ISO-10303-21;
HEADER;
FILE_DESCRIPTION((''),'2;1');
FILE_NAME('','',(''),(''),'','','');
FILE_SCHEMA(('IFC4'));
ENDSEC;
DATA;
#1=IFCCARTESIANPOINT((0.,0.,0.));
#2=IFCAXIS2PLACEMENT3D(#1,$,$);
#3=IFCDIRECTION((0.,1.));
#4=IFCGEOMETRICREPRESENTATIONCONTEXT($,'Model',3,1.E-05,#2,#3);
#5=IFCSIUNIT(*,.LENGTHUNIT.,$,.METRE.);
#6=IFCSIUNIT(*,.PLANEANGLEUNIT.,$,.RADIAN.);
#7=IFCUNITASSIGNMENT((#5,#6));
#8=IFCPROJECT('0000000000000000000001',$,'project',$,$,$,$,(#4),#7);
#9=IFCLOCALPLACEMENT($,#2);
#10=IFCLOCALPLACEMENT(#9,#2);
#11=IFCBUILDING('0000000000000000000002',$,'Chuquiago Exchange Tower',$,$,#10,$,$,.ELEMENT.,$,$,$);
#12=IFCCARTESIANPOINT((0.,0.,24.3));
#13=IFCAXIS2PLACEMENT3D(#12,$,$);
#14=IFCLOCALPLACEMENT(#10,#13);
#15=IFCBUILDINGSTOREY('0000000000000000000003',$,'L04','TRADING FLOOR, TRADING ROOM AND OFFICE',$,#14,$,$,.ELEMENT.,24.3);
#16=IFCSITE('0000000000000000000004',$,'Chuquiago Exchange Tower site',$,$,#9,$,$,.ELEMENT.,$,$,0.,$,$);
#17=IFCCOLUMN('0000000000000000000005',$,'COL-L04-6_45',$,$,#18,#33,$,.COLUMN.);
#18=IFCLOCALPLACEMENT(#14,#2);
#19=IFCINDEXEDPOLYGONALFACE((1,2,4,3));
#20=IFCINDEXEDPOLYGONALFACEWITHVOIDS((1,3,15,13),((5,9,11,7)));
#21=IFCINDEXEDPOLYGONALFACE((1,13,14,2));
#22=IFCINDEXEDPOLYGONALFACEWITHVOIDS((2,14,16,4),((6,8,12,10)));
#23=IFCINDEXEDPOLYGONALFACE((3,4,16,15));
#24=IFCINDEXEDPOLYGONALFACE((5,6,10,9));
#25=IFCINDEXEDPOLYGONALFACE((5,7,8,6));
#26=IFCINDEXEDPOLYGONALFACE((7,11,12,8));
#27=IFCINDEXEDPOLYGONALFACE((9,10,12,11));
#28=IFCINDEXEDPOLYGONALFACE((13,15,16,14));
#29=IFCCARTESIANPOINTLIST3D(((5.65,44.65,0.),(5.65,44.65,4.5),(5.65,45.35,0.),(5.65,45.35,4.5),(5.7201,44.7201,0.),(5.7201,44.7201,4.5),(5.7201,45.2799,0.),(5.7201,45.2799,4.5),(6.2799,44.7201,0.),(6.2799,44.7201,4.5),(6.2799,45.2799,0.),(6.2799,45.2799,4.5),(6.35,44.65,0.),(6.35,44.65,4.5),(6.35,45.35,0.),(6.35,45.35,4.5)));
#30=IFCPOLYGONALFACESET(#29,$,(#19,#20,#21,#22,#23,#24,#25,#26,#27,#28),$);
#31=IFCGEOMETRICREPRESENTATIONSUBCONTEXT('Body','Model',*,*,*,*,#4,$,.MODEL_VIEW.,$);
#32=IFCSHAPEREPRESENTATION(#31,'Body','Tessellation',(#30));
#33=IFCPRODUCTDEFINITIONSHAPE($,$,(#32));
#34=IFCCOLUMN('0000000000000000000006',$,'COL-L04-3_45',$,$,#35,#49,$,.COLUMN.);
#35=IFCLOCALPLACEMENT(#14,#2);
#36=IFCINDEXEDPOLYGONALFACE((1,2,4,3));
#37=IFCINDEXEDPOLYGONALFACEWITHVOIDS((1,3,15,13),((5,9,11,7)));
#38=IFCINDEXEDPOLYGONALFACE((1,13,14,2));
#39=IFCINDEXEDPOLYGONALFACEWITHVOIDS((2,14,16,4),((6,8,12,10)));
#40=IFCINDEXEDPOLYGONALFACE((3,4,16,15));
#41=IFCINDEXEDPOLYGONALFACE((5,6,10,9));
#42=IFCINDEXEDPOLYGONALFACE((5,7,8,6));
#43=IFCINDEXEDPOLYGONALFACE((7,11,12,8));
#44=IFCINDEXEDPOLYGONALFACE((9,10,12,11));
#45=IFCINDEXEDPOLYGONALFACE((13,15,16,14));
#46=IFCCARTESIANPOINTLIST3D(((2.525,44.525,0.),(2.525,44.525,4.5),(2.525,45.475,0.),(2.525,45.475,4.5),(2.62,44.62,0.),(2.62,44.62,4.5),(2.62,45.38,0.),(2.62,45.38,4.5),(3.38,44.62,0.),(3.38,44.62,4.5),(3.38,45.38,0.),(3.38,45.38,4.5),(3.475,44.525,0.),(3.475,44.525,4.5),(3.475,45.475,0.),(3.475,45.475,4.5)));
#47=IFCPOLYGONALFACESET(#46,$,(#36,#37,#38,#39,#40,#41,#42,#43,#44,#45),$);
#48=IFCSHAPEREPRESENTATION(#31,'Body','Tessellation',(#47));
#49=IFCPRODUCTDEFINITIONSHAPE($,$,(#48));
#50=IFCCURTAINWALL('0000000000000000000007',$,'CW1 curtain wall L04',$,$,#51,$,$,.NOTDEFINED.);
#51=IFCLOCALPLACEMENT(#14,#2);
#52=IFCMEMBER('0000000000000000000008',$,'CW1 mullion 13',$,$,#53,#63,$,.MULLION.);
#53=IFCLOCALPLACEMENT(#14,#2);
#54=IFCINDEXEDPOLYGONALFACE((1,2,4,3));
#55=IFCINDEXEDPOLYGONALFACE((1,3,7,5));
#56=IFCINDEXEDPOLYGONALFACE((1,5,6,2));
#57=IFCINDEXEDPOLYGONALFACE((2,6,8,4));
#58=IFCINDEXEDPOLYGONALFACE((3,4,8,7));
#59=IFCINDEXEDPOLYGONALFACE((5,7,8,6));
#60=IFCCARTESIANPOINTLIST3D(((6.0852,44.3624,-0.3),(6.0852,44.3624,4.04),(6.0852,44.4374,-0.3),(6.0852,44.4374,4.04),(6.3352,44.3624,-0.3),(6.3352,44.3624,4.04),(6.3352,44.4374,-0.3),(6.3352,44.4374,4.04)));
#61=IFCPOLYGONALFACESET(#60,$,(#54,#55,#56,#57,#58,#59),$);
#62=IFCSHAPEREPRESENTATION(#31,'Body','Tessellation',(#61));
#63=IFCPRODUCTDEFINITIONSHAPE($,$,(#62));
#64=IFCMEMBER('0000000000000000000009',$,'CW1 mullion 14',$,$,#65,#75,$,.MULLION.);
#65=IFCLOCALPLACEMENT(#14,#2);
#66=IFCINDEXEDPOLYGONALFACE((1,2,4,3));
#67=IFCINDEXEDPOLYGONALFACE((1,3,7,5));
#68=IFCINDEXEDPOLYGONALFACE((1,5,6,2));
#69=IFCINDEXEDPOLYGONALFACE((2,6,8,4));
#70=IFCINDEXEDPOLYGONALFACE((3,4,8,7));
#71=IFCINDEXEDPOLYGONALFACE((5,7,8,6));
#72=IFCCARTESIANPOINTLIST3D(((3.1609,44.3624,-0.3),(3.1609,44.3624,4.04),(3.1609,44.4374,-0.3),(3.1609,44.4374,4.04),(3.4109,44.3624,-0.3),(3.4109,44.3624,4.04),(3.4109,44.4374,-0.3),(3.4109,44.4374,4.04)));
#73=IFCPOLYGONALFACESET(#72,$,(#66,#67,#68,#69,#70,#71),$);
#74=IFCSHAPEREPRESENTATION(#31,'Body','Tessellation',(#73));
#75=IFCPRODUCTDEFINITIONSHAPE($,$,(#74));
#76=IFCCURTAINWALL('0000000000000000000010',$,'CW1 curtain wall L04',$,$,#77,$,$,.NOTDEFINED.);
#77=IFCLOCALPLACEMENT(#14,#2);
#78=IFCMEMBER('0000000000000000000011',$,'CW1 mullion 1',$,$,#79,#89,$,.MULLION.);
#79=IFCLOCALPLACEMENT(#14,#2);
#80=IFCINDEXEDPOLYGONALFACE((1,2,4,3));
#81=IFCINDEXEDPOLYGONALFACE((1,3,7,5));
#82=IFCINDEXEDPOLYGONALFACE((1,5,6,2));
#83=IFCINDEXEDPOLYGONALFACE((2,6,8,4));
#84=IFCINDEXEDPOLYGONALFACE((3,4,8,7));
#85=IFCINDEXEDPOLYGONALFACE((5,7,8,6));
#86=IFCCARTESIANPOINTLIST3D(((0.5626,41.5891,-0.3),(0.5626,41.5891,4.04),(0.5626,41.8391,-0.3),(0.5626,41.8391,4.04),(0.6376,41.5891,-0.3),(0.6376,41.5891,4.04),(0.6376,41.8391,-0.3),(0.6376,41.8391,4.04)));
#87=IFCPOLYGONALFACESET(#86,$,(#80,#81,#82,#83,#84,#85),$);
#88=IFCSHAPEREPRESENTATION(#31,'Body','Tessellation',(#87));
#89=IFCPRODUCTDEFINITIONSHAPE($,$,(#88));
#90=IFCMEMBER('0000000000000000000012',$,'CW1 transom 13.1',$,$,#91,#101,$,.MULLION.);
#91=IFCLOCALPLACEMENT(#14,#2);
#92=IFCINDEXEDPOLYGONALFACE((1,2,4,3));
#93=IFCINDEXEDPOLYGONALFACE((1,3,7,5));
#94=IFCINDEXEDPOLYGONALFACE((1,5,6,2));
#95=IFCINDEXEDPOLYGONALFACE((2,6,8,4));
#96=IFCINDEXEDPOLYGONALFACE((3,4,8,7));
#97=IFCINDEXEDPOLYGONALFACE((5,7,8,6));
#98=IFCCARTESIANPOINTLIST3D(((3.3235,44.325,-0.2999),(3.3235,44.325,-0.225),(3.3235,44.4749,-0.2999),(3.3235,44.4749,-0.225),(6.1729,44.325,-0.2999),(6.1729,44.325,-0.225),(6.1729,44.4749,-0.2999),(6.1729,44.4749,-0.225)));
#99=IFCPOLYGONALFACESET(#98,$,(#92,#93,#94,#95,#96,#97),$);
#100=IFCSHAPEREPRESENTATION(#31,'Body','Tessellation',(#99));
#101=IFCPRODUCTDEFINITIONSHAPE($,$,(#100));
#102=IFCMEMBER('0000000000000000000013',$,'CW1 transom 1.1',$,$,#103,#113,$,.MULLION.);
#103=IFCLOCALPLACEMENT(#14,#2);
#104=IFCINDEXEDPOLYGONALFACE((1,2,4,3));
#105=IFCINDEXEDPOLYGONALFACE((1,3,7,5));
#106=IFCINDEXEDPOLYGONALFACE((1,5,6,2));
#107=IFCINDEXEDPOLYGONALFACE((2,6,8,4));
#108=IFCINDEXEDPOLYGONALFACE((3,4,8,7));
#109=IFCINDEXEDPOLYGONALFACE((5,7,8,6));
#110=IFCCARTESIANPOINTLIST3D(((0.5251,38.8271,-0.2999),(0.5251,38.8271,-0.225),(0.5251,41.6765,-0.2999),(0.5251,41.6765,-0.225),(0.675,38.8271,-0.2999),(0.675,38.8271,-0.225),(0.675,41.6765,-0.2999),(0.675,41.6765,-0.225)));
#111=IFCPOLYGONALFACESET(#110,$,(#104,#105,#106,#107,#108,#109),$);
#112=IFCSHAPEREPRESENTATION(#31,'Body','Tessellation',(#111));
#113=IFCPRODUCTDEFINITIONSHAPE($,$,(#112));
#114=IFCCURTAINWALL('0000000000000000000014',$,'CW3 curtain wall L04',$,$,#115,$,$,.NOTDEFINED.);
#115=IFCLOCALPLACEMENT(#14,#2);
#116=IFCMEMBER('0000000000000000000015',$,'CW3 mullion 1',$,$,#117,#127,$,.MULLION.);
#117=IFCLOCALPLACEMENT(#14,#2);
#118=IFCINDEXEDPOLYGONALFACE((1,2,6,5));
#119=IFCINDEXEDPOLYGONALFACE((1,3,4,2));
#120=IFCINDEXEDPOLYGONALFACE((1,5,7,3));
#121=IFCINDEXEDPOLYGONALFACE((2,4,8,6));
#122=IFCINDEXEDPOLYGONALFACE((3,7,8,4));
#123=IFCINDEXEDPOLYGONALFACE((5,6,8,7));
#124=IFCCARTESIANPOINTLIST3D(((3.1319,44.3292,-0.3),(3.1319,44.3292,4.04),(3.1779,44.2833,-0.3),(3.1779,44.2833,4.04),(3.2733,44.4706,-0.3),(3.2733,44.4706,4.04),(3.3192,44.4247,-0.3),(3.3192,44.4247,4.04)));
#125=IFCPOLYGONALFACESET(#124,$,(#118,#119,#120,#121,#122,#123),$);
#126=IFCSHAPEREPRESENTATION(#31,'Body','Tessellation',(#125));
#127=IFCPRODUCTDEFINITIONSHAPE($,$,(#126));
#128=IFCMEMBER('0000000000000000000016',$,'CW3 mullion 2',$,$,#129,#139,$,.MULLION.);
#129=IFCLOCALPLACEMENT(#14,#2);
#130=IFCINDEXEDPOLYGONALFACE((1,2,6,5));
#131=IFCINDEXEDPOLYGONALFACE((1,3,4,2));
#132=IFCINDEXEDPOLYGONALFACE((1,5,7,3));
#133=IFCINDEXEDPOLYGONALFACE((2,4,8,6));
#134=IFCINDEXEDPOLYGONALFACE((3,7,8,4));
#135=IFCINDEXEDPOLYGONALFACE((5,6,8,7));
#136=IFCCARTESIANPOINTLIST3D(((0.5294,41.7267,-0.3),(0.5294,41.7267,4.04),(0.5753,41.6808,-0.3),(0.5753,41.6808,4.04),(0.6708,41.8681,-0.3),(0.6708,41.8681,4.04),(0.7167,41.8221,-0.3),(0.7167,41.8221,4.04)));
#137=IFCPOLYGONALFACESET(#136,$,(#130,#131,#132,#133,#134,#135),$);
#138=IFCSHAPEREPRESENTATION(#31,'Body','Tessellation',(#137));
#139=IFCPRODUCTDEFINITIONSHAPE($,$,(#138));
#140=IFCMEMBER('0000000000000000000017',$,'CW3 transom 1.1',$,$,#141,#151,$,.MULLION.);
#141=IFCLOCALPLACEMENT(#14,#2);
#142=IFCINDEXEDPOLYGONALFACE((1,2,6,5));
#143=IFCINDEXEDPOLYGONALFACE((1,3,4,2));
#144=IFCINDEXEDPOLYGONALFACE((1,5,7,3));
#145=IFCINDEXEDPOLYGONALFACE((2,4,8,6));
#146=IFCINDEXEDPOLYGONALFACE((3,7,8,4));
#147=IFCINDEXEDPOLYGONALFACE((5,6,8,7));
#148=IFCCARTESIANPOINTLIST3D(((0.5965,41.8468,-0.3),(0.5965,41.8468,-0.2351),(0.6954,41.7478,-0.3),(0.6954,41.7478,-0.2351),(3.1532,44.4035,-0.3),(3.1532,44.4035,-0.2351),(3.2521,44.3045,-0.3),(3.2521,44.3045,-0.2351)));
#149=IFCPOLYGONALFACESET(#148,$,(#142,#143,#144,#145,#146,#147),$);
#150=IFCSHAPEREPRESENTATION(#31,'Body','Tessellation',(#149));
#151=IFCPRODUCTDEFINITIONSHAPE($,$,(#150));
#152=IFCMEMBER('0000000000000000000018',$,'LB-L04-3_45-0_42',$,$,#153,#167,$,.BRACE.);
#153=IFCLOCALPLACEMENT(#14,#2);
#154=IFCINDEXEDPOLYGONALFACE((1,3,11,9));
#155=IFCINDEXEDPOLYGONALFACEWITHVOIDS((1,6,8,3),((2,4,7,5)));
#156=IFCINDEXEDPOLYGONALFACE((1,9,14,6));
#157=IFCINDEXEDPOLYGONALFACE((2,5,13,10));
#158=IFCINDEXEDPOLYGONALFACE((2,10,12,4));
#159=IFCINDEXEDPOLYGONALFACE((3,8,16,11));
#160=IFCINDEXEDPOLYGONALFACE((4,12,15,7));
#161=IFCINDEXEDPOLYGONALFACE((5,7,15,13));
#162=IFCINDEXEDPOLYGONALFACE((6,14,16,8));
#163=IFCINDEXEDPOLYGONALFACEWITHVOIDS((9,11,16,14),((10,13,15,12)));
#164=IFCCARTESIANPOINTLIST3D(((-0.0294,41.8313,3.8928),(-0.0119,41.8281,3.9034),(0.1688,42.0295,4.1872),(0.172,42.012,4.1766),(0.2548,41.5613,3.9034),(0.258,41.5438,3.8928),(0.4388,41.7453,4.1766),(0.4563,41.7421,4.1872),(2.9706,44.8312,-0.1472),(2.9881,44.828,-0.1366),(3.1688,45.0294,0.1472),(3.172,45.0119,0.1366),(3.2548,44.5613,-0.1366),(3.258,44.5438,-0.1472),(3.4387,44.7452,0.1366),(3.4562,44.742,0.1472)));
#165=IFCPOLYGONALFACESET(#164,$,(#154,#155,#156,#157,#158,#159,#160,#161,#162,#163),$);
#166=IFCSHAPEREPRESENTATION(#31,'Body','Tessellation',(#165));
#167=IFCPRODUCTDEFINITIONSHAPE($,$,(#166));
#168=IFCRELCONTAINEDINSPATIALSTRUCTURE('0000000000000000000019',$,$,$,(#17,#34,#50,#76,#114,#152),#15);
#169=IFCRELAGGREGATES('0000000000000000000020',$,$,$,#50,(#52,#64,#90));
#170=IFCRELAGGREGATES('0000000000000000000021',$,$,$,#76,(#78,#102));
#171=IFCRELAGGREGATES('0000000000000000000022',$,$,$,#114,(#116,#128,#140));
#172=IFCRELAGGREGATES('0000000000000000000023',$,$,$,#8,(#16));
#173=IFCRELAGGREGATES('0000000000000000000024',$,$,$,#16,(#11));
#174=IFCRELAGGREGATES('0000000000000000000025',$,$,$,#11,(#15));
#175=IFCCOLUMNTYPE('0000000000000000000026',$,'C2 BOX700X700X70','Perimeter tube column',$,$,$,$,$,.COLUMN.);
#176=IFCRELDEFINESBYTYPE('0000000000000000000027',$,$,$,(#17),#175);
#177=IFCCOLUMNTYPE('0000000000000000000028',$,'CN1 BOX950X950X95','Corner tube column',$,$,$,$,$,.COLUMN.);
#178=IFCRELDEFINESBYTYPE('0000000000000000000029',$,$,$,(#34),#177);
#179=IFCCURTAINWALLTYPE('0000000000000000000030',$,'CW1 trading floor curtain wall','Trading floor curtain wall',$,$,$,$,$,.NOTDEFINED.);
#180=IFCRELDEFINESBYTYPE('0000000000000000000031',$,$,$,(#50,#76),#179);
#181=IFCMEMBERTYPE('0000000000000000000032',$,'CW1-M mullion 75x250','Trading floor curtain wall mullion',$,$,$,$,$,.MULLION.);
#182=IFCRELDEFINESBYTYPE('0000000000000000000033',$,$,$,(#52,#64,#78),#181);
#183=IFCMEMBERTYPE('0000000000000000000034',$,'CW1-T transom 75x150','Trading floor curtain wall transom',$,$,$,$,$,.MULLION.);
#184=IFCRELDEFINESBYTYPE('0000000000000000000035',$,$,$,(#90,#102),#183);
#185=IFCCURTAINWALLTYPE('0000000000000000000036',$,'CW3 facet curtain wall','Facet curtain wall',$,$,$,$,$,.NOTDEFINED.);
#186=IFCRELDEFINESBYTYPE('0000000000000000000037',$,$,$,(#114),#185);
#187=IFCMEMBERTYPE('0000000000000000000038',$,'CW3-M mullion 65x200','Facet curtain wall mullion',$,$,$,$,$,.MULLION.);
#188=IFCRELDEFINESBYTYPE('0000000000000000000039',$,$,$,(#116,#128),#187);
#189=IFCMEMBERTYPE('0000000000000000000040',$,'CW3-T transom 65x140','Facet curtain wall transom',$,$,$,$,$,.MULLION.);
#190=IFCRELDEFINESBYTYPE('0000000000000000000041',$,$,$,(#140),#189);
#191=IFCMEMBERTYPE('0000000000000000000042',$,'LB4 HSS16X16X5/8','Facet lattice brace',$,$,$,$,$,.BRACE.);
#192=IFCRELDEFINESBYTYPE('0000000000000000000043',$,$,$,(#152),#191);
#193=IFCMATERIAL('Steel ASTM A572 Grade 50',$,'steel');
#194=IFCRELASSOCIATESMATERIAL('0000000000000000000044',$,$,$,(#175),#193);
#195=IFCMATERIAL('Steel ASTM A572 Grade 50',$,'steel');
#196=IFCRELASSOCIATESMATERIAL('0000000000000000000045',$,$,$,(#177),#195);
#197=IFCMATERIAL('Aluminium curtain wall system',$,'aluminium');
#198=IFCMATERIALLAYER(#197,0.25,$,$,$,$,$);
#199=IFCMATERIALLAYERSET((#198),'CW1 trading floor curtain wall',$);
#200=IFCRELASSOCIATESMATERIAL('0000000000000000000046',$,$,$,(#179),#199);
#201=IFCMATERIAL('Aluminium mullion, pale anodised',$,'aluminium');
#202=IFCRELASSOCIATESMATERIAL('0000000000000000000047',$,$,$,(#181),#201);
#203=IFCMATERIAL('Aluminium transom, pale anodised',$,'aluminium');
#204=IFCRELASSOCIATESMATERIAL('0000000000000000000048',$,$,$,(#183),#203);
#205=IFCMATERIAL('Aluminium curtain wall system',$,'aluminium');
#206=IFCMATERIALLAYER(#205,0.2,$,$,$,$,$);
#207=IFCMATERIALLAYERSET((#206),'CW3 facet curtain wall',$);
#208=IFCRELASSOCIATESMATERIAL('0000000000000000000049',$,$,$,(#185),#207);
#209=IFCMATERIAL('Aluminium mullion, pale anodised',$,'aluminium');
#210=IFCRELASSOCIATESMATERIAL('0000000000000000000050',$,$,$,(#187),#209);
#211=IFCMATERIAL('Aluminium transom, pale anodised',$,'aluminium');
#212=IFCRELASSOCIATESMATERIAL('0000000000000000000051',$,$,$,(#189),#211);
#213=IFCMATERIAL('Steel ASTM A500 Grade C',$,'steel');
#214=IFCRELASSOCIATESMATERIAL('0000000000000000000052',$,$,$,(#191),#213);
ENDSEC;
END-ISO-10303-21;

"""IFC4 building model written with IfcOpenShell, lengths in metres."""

from ifc_helpers import new_model, si_unit, direction, frame, origin, origin_2d, place, context, subcontext, project, spatial, rectangle, hollow_rectangle, extrude, material, layer, layer_set, material_profile, profile_set, type_object, element, aggregate, save


model = new_model("IFC4")

# Units and contexts
model_context = context("Model", 3, precision=1e-05, world=origin(), true_north=direction((0.0, 1.0)))
body_context = subcontext(model_context, "Body", "Model", "MODEL_VIEW")
ifc_project = project(units=[si_unit("LENGTHUNIT", "METRE"), si_unit("PLANEANGLEUNIT", "RADIAN")], contexts=[model_context])

# Site, building, storey
site_placement = place(None, origin())
site = spatial("IfcSite", under=ifc_project, at=site_placement, Name="Chuquiago Exchange Tower site", CompositionType="ELEMENT", RefElevation=0.0)
building_placement = place(site_placement, origin())
building = spatial("IfcBuilding", under=site, at=building_placement, Name="Chuquiago Exchange Tower", CompositionType="ELEMENT")
storey_placement = place(building_placement, frame((0.0, 0.0, 24.3)))
storey = spatial("IfcBuildingStorey", under=building, at=storey_placement, Name="L04", Description="TRADING FLOOR, TRADING ROOM AND OFFICE", CompositionType="ELEMENT", Elevation=24.3)

# Columns
ifc_material_1 = material(Name="Steel ASTM A572 Grade 50", Category="steel")
ifc_material_profile_1 = material_profile(ifc_material_1, hollow_rectangle(XDim=0.7, YDim=0.7, WallThickness=0.0701, at=origin_2d()), Name="BOX700X700X70")
ifc_profile_set_1 = profile_set([ifc_material_profile_1], Name="Steel ASTM A572 Grade 50")
column_type_1 = type_object("IfcColumnType", Name="C2 BOX700X700X70", Description="Perimeter tube column", PredefinedType="COLUMN", material=ifc_profile_set_1)
column_1_placement = place(storey_placement, frame((6.0, 45.0, 0.0), z_axis=(0.0, 0.0, 1.0), x_axis=(0.0, 1.0, 0.0)))
element("IfcColumn", 1, at=column_1_placement, inside=storey, type_object=column_type_1, Name="COL-L04-6_45", PredefinedType="COLUMN", context=body_context, shape_type="SweptSolid", body=[
    extrude(hollow_rectangle(XDim=0.7, YDim=0.7, WallThickness=0.0701, at=origin_2d()), origin(), (0.0, 0.0, 1.0), 4.5),
])
ifc_material_2 = material(Name="Steel ASTM A572 Grade 50", Category="steel")
ifc_material_profile_2 = material_profile(ifc_material_2, hollow_rectangle(XDim=0.95, YDim=0.95, WallThickness=0.095, at=origin_2d()), Name="BOX950X950X95")
ifc_profile_set_2 = profile_set([ifc_material_profile_2], Name="Steel ASTM A572 Grade 50")
column_type_2 = type_object("IfcColumnType", Name="CN1 BOX950X950X95", Description="Corner tube column", PredefinedType="COLUMN", material=ifc_profile_set_2)
column_2_placement = place(storey_placement, frame((3.0, 45.0, 0.0), z_axis=(0.0, 0.0, 1.0), x_axis=(0.0, 1.0, 0.0)))
element("IfcColumn", 2, at=column_2_placement, inside=storey, type_object=column_type_2, Name="COL-L04-3_45", PredefinedType="COLUMN", context=body_context, shape_type="SweptSolid", body=[
    extrude(hollow_rectangle(XDim=0.95, YDim=0.95, WallThickness=0.095, at=origin_2d()), origin(), (0.0, 0.0, 1.0), 4.5),
])

# Curtain wall, members
ifc_material_3 = material(Name="Aluminium curtain wall system", Category="aluminium")
ifc_layer_1 = layer(ifc_material_3, 0.25)
ifc_layer_set_1 = layer_set([ifc_layer_1], Name="CW1 trading floor curtain wall")
curtain_wall_type_1 = type_object("IfcCurtainWallType", Name="CW1 trading floor curtain wall", Description="Trading floor curtain wall", PredefinedType="NOTDEFINED", material=ifc_layer_set_1)
curtain_wall_1_placement = place(storey_placement, origin())
curtain_wall_1 = element("IfcCurtainWall", 3, at=curtain_wall_1_placement, inside=storey, type_object=curtain_wall_type_1, Name="CW1 curtain wall L04", PredefinedType="NOTDEFINED")
ifc_material_4 = material(Name="Aluminium mullion, pale anodised", Category="aluminium")
ifc_material_profile_3 = material_profile(ifc_material_4, rectangle(XDim=0.075, YDim=0.25, at=origin_2d()), Name="AL 75x250")
ifc_profile_set_3 = profile_set([ifc_material_profile_3], Name="Aluminium mullion, pale anodised")
member_type_1 = type_object("IfcMemberType", Name="CW1-M mullion 75x250", Description="Trading floor curtain wall mullion", PredefinedType="MULLION", material=ifc_profile_set_3)
member_1_placement = place(storey_placement, frame((6.2102, 44.3999, -0.3), z_axis=(0.0, 0.0, 1.0), x_axis=(0.0, -1.0, 0.0)))
member_1 = element("IfcMember", 4, at=member_1_placement, type_object=member_type_1, Name="CW1 mullion 13", PredefinedType="MULLION", context=body_context, shape_type="SweptSolid", body=[
    extrude(rectangle(XDim=0.075, YDim=0.25, at=origin_2d()), origin(), (0.0, 0.0, 1.0), 4.3401),
])
member_2_placement = place(storey_placement, frame((3.2859, 44.3999, -0.3), z_axis=(0.0, 0.0, 1.0), x_axis=(0.0, -1.0, 0.0)))
member_2 = element("IfcMember", 5, at=member_2_placement, type_object=member_type_1, Name="CW1 mullion 14", PredefinedType="MULLION", context=body_context, shape_type="SweptSolid", body=[
    extrude(rectangle(XDim=0.075, YDim=0.25, at=origin_2d()), origin(), (0.0, 0.0, 1.0), 4.3401),
])

# Curtain wall, member
curtain_wall_2_placement = place(storey_placement, origin())
curtain_wall_2 = element("IfcCurtainWall", 6, at=curtain_wall_2_placement, inside=storey, type_object=curtain_wall_type_1, Name="CW1 curtain wall L04", PredefinedType="NOTDEFINED")
member_3_placement = place(storey_placement, frame((0.6001, 41.7141, -0.3), z_axis=(0.0, 0.0, 1.0), x_axis=(1.0, 0.0, 0.0)))
member_3 = element("IfcMember", 7, at=member_3_placement, type_object=member_type_1, Name="CW1 mullion 1", PredefinedType="MULLION", context=body_context, shape_type="SweptSolid", body=[
    extrude(rectangle(XDim=0.075, YDim=0.25, at=origin_2d()), origin(), (0.0, 0.0, 1.0), 4.3401),
])

# Members
ifc_material_5 = material(Name="Aluminium transom, pale anodised", Category="aluminium")
ifc_material_profile_4 = material_profile(ifc_material_5, rectangle(XDim=0.1499, YDim=0.075, at=origin_2d()), Name="AL 150x75")
ifc_profile_set_4 = profile_set([ifc_material_profile_4], Name="Aluminium transom, pale anodised")
member_type_2 = type_object("IfcMemberType", Name="CW1-T transom 75x150", Description="Trading floor curtain wall transom", PredefinedType="MULLION", material=ifc_profile_set_4)
member_4_placement = place(storey_placement, frame((6.1729, 44.3999, -0.2625), z_axis=(-1.0, 0.0, 0.0), x_axis=(0.0, -1.0, 0.0)))
member_4 = element("IfcMember", 8, at=member_4_placement, type_object=member_type_2, Name="CW1 transom 13.1", PredefinedType="MULLION", context=body_context, shape_type="SweptSolid", body=[
    extrude(rectangle(XDim=0.1499, YDim=0.075, at=origin_2d()), origin(), (0.0, 0.0, 1.0), 2.8494),
])
member_5_placement = place(storey_placement, frame((0.6001, 41.6765, -0.2625), z_axis=(0.0, -1.0, 0.0), x_axis=(1.0, 0.0, 0.0)))
member_5 = element("IfcMember", 9, at=member_5_placement, type_object=member_type_2, Name="CW1 transom 1.1", PredefinedType="MULLION", context=body_context, shape_type="SweptSolid", body=[
    extrude(rectangle(XDim=0.1499, YDim=0.075, at=origin_2d()), origin(), (0.0, 0.0, 1.0), 2.8494),
])

# Curtain wall, members
ifc_material_6 = material(Name="Aluminium curtain wall system", Category="aluminium")
ifc_layer_2 = layer(ifc_material_6, 0.2)
ifc_layer_set_2 = layer_set([ifc_layer_2], Name="CW3 facet curtain wall")
curtain_wall_type_2 = type_object("IfcCurtainWallType", Name="CW3 facet curtain wall", Description="Facet curtain wall", PredefinedType="NOTDEFINED", material=ifc_layer_set_2)
curtain_wall_3_placement = place(storey_placement, origin())
curtain_wall_3 = element("IfcCurtainWall", 10, at=curtain_wall_3_placement, inside=storey, type_object=curtain_wall_type_2, Name="CW3 curtain wall L04", PredefinedType="NOTDEFINED")
ifc_material_7 = material(Name="Aluminium mullion, pale anodised", Category="aluminium")
ifc_material_profile_5 = material_profile(ifc_material_7, rectangle(XDim=0.0649, YDim=0.2, at=origin_2d()), Name="AL 65x200")
ifc_profile_set_5 = profile_set([ifc_material_profile_5], Name="Aluminium mullion, pale anodised")
member_type_3 = type_object("IfcMemberType", Name="CW3-M mullion 65x200", Description="Facet curtain wall mullion", PredefinedType="MULLION", material=ifc_profile_set_5)
member_6_placement = place(storey_placement, frame((3.2256, 44.377, -0.3), z_axis=(0.0, 0.0, 1.0), x_axis=(0.707107, -0.707107, 0.0)))
member_6 = element("IfcMember", 11, at=member_6_placement, type_object=member_type_3, Name="CW3 mullion 1", PredefinedType="MULLION", context=body_context, shape_type="SweptSolid", body=[
    extrude(rectangle(XDim=0.0649, YDim=0.2, at=origin_2d()), origin(), (0.0, 0.0, 1.0), 4.3401),
])
member_7_placement = place(storey_placement, frame((0.623, 41.7744, -0.3), z_axis=(0.0, 0.0, 1.0), x_axis=(0.707107, -0.707107, 0.0)))
member_7 = element("IfcMember", 12, at=member_7_placement, type_object=member_type_3, Name="CW3 mullion 2", PredefinedType="MULLION", context=body_context, shape_type="SweptSolid", body=[
    extrude(rectangle(XDim=0.0649, YDim=0.2, at=origin_2d()), origin(), (0.0, 0.0, 1.0), 4.3401),
])
ifc_material_8 = material(Name="Aluminium transom, pale anodised", Category="aluminium")
ifc_material_profile_6 = material_profile(ifc_material_8, rectangle(XDim=0.1399, YDim=0.0649, at=origin_2d()), Name="AL 140x65")
ifc_profile_set_6 = profile_set([ifc_material_profile_6], Name="Aluminium transom, pale anodised")
member_type_4 = type_object("IfcMemberType", Name="CW3-T transom 65x140", Description="Facet curtain wall transom", PredefinedType="MULLION", material=ifc_profile_set_6)
member_8_placement = place(storey_placement, frame((3.2026, 44.354, -0.2676), z_axis=(-0.707107, -0.707107, 0.0), x_axis=(0.707107, -0.707107, 0.0)))
member_8 = element("IfcMember", 13, at=member_8_placement, type_object=member_type_4, Name="CW3 transom 1.1", PredefinedType="MULLION", context=body_context, shape_type="SweptSolid", body=[
    extrude(rectangle(XDim=0.1399, YDim=0.0649, at=origin_2d()), origin(), (0.0, 0.0, 1.0), 3.6157),
])

# Member
ifc_material_9 = material(Name="Steel ASTM A500 Grade C", Category="steel")
ifc_material_profile_7 = material_profile(ifc_material_9, hollow_rectangle(XDim=0.4065, YDim=0.4065, WallThickness=0.0146, at=origin_2d()), Name="HSS16X16X5/8")
ifc_profile_set_7 = profile_set([ifc_material_profile_7], Name="Steel ASTM A500 Grade C")
member_type_5 = type_object("IfcMemberType", Name="LB4 HSS16X16X5/8", Description="Facet lattice brace", PredefinedType="BRACE", material=ifc_profile_set_7)
member_9_placement = place(storey_placement, frame((3.2134, 44.7866, 0.0), z_axis=(-0.512077, -0.512077, 0.689604), x_axis=(0.707107, -0.707107, 0.0)))
element("IfcMember", 14, at=member_9_placement, inside=storey, type_object=member_type_5, Name="LB-L04-3_45-0_42", PredefinedType="BRACE", context=body_context, shape_type="SweptSolid", body=[
    extrude(hollow_rectangle(XDim=0.4065, YDim=0.4065, WallThickness=0.0146, at=origin_2d()), origin(), (0.0, 0.0, 1.0), 5.8584),
])

aggregate(curtain_wall_1, [member_1, member_2, member_4])
aggregate(curtain_wall_2, [member_3, member_5])
aggregate(curtain_wall_3, [member_6, member_7, member_8])

save(model, "model.ifc")
